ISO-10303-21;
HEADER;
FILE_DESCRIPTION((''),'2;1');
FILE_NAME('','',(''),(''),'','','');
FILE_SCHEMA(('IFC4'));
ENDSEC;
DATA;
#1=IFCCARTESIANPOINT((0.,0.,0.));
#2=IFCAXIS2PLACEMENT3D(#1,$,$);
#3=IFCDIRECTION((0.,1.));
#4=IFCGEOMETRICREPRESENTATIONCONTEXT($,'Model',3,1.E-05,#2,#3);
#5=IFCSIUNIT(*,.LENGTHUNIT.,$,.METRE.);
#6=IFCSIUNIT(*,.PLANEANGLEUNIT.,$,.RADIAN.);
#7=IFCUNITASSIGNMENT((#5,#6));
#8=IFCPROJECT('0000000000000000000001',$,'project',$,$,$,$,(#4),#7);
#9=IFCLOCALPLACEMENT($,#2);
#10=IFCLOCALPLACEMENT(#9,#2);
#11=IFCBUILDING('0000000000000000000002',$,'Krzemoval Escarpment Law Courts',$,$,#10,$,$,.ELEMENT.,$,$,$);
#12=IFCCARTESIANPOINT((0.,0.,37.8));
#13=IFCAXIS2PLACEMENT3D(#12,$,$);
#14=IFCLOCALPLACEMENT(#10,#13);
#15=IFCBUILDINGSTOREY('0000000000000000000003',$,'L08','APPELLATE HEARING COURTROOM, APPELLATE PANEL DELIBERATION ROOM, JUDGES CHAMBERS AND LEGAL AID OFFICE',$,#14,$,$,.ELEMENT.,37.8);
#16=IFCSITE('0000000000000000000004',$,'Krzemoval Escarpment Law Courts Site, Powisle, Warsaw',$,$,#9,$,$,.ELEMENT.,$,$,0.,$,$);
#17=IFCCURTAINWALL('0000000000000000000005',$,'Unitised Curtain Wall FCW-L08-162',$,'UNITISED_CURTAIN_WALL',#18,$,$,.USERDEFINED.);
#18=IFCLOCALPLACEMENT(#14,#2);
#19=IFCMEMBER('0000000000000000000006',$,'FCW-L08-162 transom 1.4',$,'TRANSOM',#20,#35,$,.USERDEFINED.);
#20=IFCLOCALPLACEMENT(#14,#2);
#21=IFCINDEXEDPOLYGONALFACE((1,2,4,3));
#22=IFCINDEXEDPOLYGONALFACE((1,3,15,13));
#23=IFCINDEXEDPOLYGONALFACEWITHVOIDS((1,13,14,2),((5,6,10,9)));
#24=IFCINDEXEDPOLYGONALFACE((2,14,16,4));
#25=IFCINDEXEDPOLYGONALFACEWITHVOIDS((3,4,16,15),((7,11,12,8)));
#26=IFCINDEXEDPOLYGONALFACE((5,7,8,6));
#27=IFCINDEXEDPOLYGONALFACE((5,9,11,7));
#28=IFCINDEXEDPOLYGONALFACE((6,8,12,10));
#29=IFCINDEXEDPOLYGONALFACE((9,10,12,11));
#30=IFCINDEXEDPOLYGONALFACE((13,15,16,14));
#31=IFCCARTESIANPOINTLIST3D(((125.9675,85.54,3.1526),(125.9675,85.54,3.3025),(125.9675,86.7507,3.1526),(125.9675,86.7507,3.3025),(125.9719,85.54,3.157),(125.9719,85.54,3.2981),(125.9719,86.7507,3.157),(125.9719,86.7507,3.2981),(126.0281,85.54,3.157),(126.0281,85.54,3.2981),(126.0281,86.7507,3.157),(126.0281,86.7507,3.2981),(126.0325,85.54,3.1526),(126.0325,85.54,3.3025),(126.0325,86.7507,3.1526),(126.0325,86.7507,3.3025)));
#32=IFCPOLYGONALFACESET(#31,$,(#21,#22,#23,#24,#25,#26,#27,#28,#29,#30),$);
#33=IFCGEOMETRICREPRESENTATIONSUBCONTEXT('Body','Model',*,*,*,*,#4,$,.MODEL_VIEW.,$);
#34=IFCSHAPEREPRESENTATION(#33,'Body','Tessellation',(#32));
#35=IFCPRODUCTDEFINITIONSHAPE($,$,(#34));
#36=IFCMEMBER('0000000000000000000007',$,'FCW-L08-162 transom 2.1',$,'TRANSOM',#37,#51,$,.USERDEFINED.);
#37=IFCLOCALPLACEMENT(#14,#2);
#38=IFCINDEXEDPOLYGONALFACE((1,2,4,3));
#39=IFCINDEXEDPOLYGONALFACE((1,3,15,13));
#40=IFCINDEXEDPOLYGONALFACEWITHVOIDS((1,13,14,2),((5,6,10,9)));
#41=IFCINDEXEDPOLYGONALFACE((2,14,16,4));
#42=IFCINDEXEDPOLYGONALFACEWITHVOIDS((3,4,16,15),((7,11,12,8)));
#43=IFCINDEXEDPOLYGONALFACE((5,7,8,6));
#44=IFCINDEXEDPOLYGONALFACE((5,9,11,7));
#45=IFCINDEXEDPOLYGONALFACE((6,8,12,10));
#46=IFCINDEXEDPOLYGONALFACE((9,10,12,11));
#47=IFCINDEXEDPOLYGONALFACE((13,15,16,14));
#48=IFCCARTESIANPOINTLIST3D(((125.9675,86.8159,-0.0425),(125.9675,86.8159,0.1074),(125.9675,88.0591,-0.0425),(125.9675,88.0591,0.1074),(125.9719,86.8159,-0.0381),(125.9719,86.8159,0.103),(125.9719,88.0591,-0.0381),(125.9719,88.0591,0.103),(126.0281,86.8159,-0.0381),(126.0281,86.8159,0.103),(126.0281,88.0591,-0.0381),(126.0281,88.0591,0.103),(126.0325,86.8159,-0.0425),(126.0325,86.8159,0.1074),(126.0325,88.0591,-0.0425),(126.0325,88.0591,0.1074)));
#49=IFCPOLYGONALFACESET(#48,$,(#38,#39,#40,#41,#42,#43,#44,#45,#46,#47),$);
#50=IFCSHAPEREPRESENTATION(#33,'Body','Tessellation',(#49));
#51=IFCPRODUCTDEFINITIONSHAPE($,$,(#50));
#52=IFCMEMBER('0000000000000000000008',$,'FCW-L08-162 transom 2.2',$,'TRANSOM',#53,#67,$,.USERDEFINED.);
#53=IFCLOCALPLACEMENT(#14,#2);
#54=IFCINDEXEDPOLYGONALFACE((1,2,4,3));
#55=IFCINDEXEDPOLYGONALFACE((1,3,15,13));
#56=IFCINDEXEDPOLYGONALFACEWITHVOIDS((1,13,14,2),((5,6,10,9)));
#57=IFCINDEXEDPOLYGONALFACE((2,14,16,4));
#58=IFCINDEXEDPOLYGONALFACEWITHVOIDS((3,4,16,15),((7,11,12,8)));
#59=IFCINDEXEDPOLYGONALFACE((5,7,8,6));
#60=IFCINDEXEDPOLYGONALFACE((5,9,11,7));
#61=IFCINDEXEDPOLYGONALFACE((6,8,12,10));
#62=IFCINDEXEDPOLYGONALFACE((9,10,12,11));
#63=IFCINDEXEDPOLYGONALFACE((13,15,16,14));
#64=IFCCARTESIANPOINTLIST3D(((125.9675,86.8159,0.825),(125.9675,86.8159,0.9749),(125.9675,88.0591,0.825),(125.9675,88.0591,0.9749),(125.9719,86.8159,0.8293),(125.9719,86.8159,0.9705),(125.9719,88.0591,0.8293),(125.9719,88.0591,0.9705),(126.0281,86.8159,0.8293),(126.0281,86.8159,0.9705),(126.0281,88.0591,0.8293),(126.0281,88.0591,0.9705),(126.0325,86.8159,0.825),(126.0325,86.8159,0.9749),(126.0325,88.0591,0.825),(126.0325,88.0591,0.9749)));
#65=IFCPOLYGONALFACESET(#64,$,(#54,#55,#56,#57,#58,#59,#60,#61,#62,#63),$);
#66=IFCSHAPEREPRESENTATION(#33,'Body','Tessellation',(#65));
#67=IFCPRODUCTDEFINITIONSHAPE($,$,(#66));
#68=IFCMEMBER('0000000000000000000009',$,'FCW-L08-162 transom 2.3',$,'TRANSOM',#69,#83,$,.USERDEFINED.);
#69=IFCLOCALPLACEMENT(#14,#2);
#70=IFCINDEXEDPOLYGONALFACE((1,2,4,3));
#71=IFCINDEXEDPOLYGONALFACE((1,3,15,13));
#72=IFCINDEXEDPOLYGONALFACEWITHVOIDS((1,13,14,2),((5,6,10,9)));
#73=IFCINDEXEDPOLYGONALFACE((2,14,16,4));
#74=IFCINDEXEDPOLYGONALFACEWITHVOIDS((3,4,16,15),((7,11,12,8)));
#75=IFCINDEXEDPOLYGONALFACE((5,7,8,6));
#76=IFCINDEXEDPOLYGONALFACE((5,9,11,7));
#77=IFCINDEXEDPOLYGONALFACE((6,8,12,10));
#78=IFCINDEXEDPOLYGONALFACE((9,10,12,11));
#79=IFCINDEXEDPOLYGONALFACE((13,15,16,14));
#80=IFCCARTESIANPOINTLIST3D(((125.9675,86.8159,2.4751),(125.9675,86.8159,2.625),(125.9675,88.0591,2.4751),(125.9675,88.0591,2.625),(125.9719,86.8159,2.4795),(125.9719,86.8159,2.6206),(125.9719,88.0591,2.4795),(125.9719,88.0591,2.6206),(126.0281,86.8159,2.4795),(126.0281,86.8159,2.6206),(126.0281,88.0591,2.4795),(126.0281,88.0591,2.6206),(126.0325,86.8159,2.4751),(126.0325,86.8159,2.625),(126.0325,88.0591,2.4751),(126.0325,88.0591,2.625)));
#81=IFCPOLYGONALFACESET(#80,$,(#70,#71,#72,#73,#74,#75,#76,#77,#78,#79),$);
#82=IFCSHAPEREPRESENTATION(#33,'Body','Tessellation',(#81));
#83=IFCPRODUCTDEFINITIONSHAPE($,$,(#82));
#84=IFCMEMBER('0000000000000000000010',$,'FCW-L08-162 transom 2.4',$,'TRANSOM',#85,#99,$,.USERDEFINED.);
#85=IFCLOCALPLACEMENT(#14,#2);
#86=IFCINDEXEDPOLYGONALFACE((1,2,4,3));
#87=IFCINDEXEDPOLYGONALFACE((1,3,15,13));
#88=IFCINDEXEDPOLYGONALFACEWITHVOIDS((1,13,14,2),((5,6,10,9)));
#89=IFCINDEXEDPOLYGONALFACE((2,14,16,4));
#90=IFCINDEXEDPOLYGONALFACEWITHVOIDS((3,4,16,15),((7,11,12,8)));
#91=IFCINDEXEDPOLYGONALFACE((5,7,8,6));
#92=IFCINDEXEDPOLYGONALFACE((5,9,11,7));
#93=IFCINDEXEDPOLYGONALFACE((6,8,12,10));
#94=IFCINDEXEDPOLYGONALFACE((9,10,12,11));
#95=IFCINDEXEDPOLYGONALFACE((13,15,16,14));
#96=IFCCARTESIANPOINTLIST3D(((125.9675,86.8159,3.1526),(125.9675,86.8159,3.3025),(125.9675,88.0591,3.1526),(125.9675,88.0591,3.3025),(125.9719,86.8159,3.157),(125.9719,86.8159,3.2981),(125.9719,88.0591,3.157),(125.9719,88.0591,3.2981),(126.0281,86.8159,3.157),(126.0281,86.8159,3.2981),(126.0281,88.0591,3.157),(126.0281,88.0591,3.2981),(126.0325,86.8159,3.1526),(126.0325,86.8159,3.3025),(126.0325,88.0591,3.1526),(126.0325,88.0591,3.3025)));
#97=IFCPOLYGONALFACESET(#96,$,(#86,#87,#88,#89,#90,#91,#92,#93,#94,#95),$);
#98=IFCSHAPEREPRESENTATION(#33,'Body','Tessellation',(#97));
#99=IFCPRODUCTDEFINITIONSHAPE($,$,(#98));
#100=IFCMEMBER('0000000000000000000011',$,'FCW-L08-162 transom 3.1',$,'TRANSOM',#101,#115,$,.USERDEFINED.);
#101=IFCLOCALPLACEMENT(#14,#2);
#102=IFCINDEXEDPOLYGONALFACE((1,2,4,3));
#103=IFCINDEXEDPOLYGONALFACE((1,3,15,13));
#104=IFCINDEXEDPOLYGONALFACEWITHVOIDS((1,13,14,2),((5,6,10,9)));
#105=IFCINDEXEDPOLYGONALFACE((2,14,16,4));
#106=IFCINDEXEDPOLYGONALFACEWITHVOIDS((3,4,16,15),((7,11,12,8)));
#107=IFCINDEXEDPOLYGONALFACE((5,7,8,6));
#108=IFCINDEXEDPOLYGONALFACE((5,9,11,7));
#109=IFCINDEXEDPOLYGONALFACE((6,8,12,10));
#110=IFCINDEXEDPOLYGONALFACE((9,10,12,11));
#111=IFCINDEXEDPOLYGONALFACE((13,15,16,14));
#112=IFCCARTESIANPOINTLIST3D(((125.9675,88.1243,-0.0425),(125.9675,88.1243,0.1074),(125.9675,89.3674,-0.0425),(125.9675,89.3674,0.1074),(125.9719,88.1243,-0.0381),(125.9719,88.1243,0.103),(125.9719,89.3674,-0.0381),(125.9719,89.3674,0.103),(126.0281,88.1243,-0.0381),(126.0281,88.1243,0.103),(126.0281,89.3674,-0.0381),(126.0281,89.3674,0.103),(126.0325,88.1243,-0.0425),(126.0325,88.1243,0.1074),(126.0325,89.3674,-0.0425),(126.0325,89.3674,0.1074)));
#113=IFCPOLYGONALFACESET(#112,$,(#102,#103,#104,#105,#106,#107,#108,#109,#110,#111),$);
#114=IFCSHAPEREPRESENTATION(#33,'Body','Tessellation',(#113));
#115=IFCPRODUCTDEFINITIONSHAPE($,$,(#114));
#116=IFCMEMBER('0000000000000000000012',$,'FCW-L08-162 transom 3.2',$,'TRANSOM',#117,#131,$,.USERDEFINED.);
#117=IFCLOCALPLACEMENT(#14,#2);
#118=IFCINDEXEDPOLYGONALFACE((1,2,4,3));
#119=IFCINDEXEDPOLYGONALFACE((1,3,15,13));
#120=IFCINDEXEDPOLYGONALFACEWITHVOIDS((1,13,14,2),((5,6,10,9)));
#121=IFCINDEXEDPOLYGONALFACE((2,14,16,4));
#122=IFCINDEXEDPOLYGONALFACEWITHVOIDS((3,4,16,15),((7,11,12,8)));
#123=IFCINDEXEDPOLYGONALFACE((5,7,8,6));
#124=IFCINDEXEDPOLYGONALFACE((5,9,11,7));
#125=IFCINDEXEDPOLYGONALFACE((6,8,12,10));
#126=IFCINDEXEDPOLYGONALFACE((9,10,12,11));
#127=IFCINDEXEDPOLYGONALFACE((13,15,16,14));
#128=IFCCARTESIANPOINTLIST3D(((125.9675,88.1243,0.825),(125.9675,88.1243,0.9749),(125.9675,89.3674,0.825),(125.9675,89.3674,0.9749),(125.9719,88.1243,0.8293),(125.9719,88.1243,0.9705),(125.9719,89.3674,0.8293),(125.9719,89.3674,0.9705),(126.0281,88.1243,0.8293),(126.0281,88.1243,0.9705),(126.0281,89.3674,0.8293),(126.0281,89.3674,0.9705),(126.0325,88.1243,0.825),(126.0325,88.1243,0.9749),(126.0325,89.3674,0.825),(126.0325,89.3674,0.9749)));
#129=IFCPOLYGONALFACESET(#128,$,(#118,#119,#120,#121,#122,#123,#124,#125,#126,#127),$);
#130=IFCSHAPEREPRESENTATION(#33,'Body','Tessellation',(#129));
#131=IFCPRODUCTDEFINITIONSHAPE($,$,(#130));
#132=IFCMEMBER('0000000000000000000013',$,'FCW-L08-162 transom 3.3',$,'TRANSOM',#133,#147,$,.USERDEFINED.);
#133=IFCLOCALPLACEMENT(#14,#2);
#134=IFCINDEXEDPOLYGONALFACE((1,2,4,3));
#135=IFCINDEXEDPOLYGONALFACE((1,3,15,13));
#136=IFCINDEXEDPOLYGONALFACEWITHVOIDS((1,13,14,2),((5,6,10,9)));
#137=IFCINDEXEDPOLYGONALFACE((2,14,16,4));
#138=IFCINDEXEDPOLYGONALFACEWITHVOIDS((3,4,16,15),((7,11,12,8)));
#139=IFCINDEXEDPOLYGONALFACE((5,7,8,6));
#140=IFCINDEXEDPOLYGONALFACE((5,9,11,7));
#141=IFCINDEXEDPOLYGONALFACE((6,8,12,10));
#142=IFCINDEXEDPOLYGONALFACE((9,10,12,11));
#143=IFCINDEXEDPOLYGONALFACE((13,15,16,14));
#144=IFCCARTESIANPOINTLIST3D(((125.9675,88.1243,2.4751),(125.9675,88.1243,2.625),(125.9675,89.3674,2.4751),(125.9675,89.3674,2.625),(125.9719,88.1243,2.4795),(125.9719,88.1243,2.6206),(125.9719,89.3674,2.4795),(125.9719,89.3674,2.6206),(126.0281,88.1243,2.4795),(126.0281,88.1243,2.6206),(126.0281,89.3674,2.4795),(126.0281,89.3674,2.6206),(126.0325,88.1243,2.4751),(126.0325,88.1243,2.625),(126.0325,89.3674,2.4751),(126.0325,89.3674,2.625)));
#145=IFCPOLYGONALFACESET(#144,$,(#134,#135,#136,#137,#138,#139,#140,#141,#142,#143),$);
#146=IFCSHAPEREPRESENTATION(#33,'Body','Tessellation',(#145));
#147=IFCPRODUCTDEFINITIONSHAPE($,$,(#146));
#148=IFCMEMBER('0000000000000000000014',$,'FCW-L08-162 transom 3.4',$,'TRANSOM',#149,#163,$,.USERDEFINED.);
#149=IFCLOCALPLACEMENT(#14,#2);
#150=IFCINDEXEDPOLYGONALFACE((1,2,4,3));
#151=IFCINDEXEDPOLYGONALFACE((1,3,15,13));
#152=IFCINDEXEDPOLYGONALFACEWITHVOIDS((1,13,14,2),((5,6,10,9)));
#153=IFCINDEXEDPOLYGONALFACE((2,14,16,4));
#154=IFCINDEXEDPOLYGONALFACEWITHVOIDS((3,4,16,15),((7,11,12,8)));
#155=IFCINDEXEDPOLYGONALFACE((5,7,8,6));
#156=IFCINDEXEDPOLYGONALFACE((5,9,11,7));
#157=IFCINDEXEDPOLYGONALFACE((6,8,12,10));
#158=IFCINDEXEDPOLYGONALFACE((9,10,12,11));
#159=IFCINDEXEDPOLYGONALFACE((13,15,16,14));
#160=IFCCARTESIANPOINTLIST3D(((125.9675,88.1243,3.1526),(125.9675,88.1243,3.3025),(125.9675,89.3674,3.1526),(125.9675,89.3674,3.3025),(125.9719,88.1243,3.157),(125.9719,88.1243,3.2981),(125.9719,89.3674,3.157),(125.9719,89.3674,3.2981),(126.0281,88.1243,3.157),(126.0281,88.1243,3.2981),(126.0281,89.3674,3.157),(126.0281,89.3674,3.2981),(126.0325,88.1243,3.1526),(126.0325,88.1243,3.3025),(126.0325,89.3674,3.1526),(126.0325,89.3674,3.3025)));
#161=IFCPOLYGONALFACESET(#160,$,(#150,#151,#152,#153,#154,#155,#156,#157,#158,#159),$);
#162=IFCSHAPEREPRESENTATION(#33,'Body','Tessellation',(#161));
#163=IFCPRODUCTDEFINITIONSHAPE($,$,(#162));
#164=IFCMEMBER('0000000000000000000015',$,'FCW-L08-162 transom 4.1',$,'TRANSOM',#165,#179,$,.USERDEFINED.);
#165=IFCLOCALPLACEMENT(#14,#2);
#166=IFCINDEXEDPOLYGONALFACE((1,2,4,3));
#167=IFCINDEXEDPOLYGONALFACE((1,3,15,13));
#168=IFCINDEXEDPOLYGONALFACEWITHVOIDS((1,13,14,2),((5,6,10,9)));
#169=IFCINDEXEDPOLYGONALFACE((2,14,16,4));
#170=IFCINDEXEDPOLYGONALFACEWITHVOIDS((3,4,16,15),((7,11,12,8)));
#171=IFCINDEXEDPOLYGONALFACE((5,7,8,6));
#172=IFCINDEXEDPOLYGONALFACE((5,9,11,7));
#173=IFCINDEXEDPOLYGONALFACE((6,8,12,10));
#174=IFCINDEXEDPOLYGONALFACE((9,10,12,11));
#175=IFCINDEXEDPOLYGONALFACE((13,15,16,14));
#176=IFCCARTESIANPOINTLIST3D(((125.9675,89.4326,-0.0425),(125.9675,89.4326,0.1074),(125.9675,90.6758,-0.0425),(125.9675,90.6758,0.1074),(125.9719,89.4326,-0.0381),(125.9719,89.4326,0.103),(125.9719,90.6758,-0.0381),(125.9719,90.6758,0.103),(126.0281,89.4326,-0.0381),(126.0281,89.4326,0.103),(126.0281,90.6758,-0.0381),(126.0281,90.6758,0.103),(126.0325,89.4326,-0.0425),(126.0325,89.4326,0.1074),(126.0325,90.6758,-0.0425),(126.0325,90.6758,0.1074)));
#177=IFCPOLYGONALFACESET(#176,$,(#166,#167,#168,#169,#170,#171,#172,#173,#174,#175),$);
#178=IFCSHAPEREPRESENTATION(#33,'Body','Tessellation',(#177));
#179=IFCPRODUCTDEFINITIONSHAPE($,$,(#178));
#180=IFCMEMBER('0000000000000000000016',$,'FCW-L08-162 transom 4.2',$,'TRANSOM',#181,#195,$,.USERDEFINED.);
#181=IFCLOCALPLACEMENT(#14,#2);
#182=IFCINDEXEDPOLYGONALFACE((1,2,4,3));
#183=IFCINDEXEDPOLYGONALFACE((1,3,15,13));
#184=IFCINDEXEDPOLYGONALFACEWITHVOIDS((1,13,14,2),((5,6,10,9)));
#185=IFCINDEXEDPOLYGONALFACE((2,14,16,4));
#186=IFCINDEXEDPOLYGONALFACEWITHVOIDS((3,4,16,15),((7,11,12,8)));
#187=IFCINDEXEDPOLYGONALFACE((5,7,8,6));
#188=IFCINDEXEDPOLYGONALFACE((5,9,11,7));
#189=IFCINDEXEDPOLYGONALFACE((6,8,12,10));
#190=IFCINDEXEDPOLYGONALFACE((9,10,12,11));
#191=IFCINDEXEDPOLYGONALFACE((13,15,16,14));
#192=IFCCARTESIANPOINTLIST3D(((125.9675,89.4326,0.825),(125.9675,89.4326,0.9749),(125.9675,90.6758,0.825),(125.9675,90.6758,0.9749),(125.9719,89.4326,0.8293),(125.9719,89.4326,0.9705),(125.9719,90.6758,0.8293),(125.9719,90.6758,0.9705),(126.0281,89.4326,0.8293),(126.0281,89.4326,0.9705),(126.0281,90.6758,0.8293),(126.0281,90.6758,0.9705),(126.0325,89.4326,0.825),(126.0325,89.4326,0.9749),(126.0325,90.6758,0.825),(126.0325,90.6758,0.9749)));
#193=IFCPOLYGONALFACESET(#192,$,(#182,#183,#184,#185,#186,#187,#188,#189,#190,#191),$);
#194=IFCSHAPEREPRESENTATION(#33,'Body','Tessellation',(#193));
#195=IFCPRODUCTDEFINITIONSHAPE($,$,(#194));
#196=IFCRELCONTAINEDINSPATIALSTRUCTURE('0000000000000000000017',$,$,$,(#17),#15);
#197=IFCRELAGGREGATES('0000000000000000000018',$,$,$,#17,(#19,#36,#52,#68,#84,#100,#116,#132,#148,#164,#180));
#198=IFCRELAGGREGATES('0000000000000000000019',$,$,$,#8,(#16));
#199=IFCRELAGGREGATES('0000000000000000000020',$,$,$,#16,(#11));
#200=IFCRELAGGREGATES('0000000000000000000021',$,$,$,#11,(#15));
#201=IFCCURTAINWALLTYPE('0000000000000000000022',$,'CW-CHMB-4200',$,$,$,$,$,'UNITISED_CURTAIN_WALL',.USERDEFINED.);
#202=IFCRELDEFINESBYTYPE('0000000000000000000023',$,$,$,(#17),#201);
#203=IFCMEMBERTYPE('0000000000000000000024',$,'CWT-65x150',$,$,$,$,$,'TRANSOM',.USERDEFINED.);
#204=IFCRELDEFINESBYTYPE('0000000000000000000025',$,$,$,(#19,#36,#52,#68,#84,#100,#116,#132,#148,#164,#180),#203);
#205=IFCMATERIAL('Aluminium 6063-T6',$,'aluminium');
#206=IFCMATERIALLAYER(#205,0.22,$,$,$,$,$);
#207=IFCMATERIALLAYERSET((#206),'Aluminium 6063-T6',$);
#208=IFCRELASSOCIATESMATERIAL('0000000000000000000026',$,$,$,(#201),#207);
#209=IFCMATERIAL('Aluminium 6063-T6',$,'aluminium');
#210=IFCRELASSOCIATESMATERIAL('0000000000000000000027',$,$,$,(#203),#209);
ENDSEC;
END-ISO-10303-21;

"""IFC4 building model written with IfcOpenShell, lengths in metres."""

from ifc_helpers import new_model, si_unit, direction, frame, origin, origin_2d, place, context, subcontext, project, spatial, hollow_rectangle, extrude, material, layer, layer_set, material_profile, profile_set, type_object, element, aggregate, save


model = new_model("IFC4")

# Units and contexts
model_context = context("Model", 3, precision=1e-05, world=origin(), true_north=direction((0.0, 1.0)))
body_context = subcontext(model_context, "Body", "Model", "MODEL_VIEW")
ifc_project = project(units=[si_unit("LENGTHUNIT", "METRE"), si_unit("PLANEANGLEUNIT", "RADIAN")], contexts=[model_context])

# Site, building, storey
site_placement = place(None, origin())
site = spatial("IfcSite", under=ifc_project, at=site_placement, Name="Krzemoval Escarpment Law Courts Site, Powisle, Warsaw", CompositionType="ELEMENT", RefElevation=0.0)
building_placement = place(site_placement, origin())
building = spatial("IfcBuilding", under=site, at=building_placement, Name="Krzemoval Escarpment Law Courts", CompositionType="ELEMENT")
storey_placement = place(building_placement, frame((0.0, 0.0, 37.8)))
storey = spatial("IfcBuildingStorey", under=building, at=storey_placement, Name="L08", Description="APPELLATE HEARING COURTROOM, APPELLATE PANEL DELIBERATION ROOM, JUDGES CHAMBERS AND LEGAL AID OFFICE", CompositionType="ELEMENT", Elevation=37.8)

# Curtain wall, members
ifc_material_1 = material(Name="Aluminium 6063-T6", Category="aluminium")
ifc_layer_1 = layer(ifc_material_1, 0.22)
ifc_layer_set_1 = layer_set([ifc_layer_1], Name="Aluminium 6063-T6")
curtain_wall_type = type_object("IfcCurtainWallType", Name="CW-CHMB-4200", ElementType="UNITISED_CURTAIN_WALL", PredefinedType="USERDEFINED", material=ifc_layer_set_1)
curtain_wall_placement = place(storey_placement, origin())
curtain_wall = element("IfcCurtainWall", 1, at=curtain_wall_placement, inside=storey, type_object=curtain_wall_type, Name="Unitised Curtain Wall FCW-L08-162", ObjectType="UNITISED_CURTAIN_WALL", PredefinedType="USERDEFINED")
ifc_material_2 = material(Name="Aluminium 6063-T6", Category="aluminium")
ifc_material_profile = material_profile(ifc_material_2, hollow_rectangle(XDim=0.0649, YDim=0.1499, WallThickness=0.0044, at=origin_2d()), Name="ALU T65x150")
ifc_profile_set = profile_set([ifc_material_profile], Name="Aluminium 6063-T6")
member_type = type_object("IfcMemberType", Name="CWT-65x150", ElementType="TRANSOM", PredefinedType="USERDEFINED", material=ifc_profile_set)
member_1_placement = place(storey_placement, frame((126.0, 85.54, 3.2275), z_axis=(0.0, 1.0, 0.0), x_axis=(-1.0, 0.0, 0.0)))
member_1 = element("IfcMember", 2, at=member_1_placement, type_object=member_type, Name="FCW-L08-162 transom 1.4", ObjectType="TRANSOM", PredefinedType="USERDEFINED", context=body_context, shape_type="SweptSolid", body=[
    extrude(hollow_rectangle(XDim=0.0649, YDim=0.1499, WallThickness=0.0044, at=origin_2d()), origin(), (0.0, 0.0, 1.0), 1.2107),
])
member_2_placement = place(storey_placement, frame((126.0, 86.8159, 0.0325), z_axis=(0.0, 1.0, 0.0), x_axis=(-1.0, 0.0, 0.0)))
member_2 = element("IfcMember", 3, at=member_2_placement, type_object=member_type, Name="FCW-L08-162 transom 2.1", ObjectType="TRANSOM", PredefinedType="USERDEFINED", context=body_context, shape_type="SweptSolid", body=[
    extrude(hollow_rectangle(XDim=0.0649, YDim=0.1499, WallThickness=0.0044, at=origin_2d()), origin(), (0.0, 0.0, 1.0), 1.2432),
])
member_3_placement = place(storey_placement, frame((126.0, 86.8159, 0.8999), z_axis=(0.0, 1.0, 0.0), x_axis=(-1.0, 0.0, 0.0)))
member_3 = element("IfcMember", 4, at=member_3_placement, type_object=member_type, Name="FCW-L08-162 transom 2.2", ObjectType="TRANSOM", PredefinedType="USERDEFINED", context=body_context, shape_type="SweptSolid", body=[
    extrude(hollow_rectangle(XDim=0.0649, YDim=0.1499, WallThickness=0.0044, at=origin_2d()), origin(), (0.0, 0.0, 1.0), 1.2432),
])
member_4_placement = place(storey_placement, frame((126.0, 86.8159, 2.55), z_axis=(0.0, 1.0, 0.0), x_axis=(-1.0, 0.0, 0.0)))
member_4 = element("IfcMember", 5, at=member_4_placement, type_object=member_type, Name="FCW-L08-162 transom 2.3", ObjectType="TRANSOM", PredefinedType="USERDEFINED", context=body_context, shape_type="SweptSolid", body=[
    extrude(hollow_rectangle(XDim=0.0649, YDim=0.1499, WallThickness=0.0044, at=origin_2d()), origin(), (0.0, 0.0, 1.0), 1.2432),
])
member_5_placement = place(storey_placement, frame((126.0, 86.8159, 3.2275), z_axis=(0.0, 1.0, 0.0), x_axis=(-1.0, 0.0, 0.0)))
member_5 = element("IfcMember", 6, at=member_5_placement, type_object=member_type, Name="FCW-L08-162 transom 2.4", ObjectType="TRANSOM", PredefinedType="USERDEFINED", context=body_context, shape_type="SweptSolid", body=[
    extrude(hollow_rectangle(XDim=0.0649, YDim=0.1499, WallThickness=0.0044, at=origin_2d()), origin(), (0.0, 0.0, 1.0), 1.2432),
])
member_6_placement = place(storey_placement, frame((126.0, 88.1243, 0.0325), z_axis=(0.0, 1.0, 0.0), x_axis=(-1.0, 0.0, 0.0)))
member_6 = element("IfcMember", 7, at=member_6_placement, type_object=member_type, Name="FCW-L08-162 transom 3.1", ObjectType="TRANSOM", PredefinedType="USERDEFINED", context=body_context, shape_type="SweptSolid", body=[
    extrude(hollow_rectangle(XDim=0.0649, YDim=0.1499, WallThickness=0.0044, at=origin_2d()), origin(), (0.0, 0.0, 1.0), 1.2432),
])
member_7_placement = place(storey_placement, frame((126.0, 88.1243, 0.8999), z_axis=(0.0, 1.0, 0.0), x_axis=(-1.0, 0.0, 0.0)))
member_7 = element("IfcMember", 8, at=member_7_placement, type_object=member_type, Name="FCW-L08-162 transom 3.2", ObjectType="TRANSOM", PredefinedType="USERDEFINED", context=body_context, shape_type="SweptSolid", body=[
    extrude(hollow_rectangle(XDim=0.0649, YDim=0.1499, WallThickness=0.0044, at=origin_2d()), origin(), (0.0, 0.0, 1.0), 1.2432),
])
member_8_placement = place(storey_placement, frame((126.0, 88.1243, 2.55), z_axis=(0.0, 1.0, 0.0), x_axis=(-1.0, 0.0, 0.0)))
member_8 = element("IfcMember", 9, at=member_8_placement, type_object=member_type, Name="FCW-L08-162 transom 3.3", ObjectType="TRANSOM", PredefinedType="USERDEFINED", context=body_context, shape_type="SweptSolid", body=[
    extrude(hollow_rectangle(XDim=0.0649, YDim=0.1499, WallThickness=0.0044, at=origin_2d()), origin(), (0.0, 0.0, 1.0), 1.2432),
])
member_9_placement = place(storey_placement, frame((126.0, 88.1243, 3.2275), z_axis=(0.0, 1.0, 0.0), x_axis=(-1.0, 0.0, 0.0)))
member_9 = element("IfcMember", 10, at=member_9_placement, type_object=member_type, Name="FCW-L08-162 transom 3.4", ObjectType="TRANSOM", PredefinedType="USERDEFINED", context=body_context, shape_type="SweptSolid", body=[
    extrude(hollow_rectangle(XDim=0.0649, YDim=0.1499, WallThickness=0.0044, at=origin_2d()), origin(), (0.0, 0.0, 1.0), 1.2432),
])
member_10_placement = place(storey_placement, frame((126.0, 89.4326, 0.0325), z_axis=(0.0, 1.0, 0.0), x_axis=(-1.0, 0.0, 0.0)))
member_10 = element("IfcMember", 11, at=member_10_placement, type_object=member_type, Name="FCW-L08-162 transom 4.1", ObjectType="TRANSOM", PredefinedType="USERDEFINED", context=body_context, shape_type="SweptSolid", body=[
    extrude(hollow_rectangle(XDim=0.0649, YDim=0.1499, WallThickness=0.0044, at=origin_2d()), origin(), (0.0, 0.0, 1.0), 1.2432),
])
member_11_placement = place(storey_placement, frame((126.0, 89.4326, 0.8999), z_axis=(0.0, 1.0, 0.0), x_axis=(-1.0, 0.0, 0.0)))
member_11 = element("IfcMember", 12, at=member_11_placement, type_object=member_type, Name="FCW-L08-162 transom 4.2", ObjectType="TRANSOM", PredefinedType="USERDEFINED", context=body_context, shape_type="SweptSolid", body=[
    extrude(hollow_rectangle(XDim=0.0649, YDim=0.1499, WallThickness=0.0044, at=origin_2d()), origin(), (0.0, 0.0, 1.0), 1.2432),
])
aggregate(curtain_wall, [member_1, member_2, member_3, member_4, member_5, member_6, member_7, member_8, member_9, member_10, member_11])

save(model, "model.ifc")
